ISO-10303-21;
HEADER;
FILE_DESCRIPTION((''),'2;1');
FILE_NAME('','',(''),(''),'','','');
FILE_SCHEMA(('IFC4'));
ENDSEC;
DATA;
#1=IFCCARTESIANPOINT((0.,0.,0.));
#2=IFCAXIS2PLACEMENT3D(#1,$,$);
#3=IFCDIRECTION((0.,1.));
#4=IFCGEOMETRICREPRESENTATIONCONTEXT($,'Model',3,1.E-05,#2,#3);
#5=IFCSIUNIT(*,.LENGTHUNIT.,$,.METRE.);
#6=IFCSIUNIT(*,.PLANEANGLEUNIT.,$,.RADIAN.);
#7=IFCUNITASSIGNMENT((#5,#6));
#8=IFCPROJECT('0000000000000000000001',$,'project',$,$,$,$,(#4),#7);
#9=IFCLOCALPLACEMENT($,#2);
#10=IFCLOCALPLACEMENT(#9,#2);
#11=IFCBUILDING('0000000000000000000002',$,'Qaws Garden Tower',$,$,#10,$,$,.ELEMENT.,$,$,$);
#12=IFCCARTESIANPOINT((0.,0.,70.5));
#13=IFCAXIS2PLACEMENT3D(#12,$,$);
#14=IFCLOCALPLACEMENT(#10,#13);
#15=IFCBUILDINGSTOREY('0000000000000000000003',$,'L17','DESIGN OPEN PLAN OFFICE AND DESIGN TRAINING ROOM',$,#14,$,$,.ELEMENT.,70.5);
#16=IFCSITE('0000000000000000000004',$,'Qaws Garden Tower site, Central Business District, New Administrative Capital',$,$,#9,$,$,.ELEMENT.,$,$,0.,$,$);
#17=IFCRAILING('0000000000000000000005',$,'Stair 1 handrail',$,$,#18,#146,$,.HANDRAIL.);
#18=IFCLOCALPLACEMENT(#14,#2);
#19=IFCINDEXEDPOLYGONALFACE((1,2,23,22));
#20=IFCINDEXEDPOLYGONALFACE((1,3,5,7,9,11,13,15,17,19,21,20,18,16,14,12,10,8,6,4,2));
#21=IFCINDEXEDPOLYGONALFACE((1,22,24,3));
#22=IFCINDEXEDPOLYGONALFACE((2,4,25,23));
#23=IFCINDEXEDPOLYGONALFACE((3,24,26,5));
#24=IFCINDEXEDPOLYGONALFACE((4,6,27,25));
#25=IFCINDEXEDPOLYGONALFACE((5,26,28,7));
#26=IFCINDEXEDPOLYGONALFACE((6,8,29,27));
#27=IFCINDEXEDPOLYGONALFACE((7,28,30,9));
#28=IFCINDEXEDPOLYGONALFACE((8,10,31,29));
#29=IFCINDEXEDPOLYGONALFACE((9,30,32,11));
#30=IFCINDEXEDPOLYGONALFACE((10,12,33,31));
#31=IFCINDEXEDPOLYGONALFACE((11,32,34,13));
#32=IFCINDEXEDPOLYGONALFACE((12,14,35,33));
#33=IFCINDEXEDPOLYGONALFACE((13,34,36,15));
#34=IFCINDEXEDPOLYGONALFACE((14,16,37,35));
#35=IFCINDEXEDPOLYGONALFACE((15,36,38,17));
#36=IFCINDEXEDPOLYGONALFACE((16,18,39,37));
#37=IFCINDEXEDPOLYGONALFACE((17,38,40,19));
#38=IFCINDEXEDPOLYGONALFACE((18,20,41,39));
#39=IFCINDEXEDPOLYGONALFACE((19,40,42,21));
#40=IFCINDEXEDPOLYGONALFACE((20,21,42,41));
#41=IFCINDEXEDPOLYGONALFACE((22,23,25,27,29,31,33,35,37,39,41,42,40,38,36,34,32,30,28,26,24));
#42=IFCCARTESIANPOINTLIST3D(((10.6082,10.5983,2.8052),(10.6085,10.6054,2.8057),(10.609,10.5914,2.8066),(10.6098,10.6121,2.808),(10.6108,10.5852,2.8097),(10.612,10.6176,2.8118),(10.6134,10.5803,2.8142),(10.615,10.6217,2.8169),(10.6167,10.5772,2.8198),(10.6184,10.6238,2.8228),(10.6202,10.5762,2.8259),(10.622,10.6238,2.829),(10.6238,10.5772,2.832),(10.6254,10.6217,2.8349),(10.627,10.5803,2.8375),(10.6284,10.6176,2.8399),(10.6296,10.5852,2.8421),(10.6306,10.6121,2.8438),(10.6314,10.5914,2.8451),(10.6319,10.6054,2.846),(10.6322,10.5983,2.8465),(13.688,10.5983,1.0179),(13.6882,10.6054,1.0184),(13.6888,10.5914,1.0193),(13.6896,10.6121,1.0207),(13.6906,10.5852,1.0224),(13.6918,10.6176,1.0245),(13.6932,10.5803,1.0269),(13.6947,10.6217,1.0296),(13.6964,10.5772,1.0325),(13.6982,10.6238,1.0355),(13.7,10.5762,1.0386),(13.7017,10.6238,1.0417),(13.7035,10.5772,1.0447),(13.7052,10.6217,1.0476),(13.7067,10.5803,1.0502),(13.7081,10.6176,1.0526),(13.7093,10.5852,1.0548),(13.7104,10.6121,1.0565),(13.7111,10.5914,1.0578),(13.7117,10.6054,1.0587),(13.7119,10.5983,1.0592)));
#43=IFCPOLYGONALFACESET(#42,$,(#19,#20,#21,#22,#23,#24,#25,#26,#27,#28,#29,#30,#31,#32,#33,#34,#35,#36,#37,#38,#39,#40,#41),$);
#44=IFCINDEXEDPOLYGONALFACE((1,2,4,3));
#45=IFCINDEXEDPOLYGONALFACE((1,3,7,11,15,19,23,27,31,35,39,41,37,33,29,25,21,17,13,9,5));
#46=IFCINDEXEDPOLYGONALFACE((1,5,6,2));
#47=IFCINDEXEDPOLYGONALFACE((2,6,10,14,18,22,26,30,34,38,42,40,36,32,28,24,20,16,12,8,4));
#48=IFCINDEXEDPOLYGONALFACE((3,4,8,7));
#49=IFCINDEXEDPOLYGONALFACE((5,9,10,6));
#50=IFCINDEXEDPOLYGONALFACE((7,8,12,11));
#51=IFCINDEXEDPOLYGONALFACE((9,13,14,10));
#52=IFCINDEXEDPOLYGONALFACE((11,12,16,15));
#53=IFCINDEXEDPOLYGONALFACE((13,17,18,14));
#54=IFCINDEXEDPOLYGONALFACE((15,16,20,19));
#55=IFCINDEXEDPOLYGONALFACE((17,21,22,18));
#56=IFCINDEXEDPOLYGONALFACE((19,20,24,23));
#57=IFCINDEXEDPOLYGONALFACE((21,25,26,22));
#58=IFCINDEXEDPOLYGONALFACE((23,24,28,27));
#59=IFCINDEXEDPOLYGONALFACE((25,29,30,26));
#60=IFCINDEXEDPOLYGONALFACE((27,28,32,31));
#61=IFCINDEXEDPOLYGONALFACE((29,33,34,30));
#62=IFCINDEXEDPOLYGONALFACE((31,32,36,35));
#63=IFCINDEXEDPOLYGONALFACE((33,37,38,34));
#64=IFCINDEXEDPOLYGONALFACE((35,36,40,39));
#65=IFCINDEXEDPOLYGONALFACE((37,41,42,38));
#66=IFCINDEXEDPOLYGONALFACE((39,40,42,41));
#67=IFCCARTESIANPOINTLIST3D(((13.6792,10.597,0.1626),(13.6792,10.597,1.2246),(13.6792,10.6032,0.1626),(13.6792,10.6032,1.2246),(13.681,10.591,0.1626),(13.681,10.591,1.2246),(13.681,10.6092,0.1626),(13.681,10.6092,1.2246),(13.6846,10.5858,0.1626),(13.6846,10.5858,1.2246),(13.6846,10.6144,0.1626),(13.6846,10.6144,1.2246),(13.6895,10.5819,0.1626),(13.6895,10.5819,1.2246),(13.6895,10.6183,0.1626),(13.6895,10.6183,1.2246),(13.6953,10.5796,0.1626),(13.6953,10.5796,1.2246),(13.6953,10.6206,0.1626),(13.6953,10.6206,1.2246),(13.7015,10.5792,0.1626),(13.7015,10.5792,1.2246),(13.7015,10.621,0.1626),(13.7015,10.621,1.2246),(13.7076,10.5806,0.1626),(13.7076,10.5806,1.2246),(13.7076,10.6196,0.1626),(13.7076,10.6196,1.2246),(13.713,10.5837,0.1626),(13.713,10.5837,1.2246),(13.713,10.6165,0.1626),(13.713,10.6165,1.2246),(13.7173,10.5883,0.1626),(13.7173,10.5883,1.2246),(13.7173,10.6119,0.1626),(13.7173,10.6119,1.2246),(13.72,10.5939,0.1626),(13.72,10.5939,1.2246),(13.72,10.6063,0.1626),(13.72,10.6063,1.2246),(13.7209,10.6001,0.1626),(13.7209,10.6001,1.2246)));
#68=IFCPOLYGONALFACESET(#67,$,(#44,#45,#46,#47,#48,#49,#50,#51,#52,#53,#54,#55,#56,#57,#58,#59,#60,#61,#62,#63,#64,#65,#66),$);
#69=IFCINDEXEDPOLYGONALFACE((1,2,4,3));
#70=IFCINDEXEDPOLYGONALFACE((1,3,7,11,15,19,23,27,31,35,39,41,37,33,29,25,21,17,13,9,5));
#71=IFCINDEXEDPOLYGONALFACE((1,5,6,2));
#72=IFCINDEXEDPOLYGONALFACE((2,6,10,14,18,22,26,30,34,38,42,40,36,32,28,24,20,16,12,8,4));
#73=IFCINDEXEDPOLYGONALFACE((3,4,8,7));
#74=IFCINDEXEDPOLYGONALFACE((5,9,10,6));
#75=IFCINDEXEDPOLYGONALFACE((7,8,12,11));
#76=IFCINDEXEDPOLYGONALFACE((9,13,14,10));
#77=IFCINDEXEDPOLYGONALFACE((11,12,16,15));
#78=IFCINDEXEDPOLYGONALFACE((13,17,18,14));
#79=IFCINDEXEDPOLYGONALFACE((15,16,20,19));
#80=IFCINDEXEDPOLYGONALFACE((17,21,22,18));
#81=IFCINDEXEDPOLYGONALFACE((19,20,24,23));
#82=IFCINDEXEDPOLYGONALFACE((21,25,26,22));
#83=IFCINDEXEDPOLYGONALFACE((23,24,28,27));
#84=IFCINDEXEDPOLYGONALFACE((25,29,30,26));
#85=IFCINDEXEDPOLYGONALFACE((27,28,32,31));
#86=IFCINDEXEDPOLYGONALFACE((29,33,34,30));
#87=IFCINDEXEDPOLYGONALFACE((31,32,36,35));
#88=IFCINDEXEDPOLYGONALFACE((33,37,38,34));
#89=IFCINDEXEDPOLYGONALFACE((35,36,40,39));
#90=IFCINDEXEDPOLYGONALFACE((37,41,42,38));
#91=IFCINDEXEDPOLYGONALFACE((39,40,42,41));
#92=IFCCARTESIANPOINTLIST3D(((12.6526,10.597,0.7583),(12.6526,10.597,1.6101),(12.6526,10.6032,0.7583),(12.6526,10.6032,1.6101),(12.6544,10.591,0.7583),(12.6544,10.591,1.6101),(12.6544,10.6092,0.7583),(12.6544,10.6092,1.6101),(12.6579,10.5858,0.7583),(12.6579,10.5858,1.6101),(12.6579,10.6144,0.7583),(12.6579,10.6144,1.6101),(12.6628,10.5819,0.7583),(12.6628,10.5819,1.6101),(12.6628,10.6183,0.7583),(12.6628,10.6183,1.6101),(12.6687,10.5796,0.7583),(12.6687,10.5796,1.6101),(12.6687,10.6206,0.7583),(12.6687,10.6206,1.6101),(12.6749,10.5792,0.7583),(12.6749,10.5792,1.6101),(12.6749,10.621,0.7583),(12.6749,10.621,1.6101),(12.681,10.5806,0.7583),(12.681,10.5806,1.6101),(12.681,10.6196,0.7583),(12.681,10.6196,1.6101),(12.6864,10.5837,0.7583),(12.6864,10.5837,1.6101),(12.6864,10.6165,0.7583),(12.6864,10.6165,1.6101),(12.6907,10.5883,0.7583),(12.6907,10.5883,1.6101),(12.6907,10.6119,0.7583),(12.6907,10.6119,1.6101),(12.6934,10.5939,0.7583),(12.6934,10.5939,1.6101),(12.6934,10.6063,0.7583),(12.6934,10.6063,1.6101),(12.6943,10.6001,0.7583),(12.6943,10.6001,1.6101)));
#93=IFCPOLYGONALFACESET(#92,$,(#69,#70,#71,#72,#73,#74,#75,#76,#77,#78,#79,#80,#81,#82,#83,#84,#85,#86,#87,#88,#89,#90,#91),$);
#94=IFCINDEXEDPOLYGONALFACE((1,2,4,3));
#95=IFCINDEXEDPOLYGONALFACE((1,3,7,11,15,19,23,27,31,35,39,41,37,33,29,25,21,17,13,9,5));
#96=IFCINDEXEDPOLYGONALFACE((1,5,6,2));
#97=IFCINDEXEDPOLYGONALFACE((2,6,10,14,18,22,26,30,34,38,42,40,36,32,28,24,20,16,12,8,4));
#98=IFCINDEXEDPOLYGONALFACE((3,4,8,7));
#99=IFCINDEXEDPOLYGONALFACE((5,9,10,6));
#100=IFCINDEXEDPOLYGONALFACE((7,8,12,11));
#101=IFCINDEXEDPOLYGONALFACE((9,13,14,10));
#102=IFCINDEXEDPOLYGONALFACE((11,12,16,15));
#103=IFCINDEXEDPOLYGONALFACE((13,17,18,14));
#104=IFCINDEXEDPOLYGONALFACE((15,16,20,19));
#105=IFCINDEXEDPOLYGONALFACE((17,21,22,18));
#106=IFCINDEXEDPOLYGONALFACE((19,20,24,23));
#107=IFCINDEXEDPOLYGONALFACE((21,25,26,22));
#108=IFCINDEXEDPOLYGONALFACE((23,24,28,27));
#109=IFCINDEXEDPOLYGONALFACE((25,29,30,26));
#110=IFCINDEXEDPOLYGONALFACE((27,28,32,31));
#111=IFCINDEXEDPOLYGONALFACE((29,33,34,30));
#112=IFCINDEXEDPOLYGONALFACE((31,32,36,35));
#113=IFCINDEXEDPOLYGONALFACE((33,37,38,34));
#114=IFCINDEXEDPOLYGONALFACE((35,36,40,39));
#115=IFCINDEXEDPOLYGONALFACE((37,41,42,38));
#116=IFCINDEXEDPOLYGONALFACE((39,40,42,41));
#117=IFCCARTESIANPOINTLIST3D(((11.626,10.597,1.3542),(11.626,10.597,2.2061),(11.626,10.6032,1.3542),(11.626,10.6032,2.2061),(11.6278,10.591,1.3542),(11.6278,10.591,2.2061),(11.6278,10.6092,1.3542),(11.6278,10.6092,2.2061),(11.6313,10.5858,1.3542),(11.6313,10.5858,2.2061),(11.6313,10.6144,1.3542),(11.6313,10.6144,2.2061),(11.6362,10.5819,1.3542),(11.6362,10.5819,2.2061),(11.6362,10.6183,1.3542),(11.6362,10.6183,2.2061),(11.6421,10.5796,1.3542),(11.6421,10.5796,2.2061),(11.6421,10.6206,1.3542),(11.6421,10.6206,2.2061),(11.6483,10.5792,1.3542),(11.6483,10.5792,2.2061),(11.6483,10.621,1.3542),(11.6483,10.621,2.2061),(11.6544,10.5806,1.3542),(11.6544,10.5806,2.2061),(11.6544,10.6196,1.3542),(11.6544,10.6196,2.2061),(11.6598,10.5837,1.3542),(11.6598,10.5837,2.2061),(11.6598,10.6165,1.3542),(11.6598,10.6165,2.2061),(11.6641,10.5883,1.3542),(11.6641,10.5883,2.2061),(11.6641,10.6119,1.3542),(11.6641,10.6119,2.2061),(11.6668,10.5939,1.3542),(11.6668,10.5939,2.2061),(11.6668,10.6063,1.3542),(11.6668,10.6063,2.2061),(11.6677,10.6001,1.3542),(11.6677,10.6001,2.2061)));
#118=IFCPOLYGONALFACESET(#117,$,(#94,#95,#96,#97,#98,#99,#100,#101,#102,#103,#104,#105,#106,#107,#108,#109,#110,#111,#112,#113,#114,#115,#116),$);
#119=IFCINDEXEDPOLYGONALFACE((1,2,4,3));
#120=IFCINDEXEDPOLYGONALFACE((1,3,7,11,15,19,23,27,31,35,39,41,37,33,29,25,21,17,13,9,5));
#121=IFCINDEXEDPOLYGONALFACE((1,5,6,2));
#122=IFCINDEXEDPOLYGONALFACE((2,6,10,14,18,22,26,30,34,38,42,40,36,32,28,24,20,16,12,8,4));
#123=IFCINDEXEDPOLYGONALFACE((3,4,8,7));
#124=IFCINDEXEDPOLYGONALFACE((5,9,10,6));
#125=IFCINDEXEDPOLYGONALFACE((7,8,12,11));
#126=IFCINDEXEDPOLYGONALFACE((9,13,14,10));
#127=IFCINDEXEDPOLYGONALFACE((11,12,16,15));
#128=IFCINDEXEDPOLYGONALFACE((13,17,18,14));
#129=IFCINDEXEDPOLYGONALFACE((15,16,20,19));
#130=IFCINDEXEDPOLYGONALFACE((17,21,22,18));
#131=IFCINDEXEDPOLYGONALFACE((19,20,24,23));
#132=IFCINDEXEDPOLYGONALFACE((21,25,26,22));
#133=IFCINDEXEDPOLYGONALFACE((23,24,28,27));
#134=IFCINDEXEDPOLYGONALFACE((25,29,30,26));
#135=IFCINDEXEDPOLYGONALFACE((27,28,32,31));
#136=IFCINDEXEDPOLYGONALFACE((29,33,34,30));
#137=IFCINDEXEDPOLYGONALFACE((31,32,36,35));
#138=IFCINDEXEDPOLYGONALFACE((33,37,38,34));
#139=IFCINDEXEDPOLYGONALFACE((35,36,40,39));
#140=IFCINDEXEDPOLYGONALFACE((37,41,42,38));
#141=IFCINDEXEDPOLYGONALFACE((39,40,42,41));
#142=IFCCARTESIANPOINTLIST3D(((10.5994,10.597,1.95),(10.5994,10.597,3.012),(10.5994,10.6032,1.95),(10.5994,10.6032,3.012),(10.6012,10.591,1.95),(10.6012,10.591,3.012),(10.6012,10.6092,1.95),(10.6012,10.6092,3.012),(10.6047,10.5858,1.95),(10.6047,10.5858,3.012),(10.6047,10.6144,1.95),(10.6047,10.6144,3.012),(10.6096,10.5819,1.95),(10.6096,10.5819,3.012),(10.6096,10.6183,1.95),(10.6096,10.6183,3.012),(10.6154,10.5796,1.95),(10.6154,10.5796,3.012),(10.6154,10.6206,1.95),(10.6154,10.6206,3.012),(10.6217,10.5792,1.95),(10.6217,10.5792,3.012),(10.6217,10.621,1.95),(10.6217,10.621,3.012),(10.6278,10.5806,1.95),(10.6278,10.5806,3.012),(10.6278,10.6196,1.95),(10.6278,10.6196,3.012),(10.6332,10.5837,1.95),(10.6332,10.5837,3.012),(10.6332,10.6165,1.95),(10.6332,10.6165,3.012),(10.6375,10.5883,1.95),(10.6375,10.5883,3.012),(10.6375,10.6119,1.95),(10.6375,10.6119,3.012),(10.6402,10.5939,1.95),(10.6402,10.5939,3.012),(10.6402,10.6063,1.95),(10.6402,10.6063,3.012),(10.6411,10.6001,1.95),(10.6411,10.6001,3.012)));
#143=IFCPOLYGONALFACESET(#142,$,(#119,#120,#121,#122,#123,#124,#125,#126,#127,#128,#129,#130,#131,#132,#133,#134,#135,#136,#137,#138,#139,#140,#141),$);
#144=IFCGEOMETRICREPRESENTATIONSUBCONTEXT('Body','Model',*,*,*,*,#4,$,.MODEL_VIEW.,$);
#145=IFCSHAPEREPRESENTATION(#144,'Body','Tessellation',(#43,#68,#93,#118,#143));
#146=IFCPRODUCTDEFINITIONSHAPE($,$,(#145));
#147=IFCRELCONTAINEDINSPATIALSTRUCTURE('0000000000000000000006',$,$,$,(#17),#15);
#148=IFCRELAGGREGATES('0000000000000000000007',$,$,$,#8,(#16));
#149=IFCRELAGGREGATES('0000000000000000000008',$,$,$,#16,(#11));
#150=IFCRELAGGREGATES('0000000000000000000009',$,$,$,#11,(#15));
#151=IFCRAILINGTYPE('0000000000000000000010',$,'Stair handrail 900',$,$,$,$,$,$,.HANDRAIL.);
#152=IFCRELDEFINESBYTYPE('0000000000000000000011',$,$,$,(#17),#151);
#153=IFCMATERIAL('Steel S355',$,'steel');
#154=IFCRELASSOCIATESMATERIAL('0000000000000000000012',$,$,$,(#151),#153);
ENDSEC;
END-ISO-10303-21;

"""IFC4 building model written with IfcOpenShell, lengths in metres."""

from ifc_helpers import new_model, si_unit, direction, frame, origin, origin_2d, place, context, subcontext, project, spatial, circle, extrude, material, type_object, element, save


model = new_model("IFC4")

# Units and contexts
model_context = context("Model", 3, precision=1e-05, world=origin(), true_north=direction((0.0, 1.0)))
body_context = subcontext(model_context, "Body", "Model", "MODEL_VIEW")
ifc_project = project(units=[si_unit("LENGTHUNIT", "METRE"), si_unit("PLANEANGLEUNIT", "RADIAN")], contexts=[model_context])

# Site, building, storey
site_placement = place(None, origin())
site = spatial("IfcSite", under=ifc_project, at=site_placement, Name="Qaws Garden Tower site, Central Business District, New Administrative Capital", CompositionType="ELEMENT", RefElevation=0.0)
building_placement = place(site_placement, origin())
building = spatial("IfcBuilding", under=site, at=building_placement, Name="Qaws Garden Tower", CompositionType="ELEMENT")
storey_placement = place(building_placement, frame((0.0, 0.0, 70.5)))
storey = spatial("IfcBuildingStorey", under=building, at=storey_placement, Name="L17", Description="DESIGN OPEN PLAN OFFICE AND DESIGN TRAINING ROOM", CompositionType="ELEMENT", Elevation=70.5)

# Railing
ifc_material_1 = material(Name="Steel S355", Category="steel")
railing_type = type_object("IfcRailingType", Name="Stair handrail 900", PredefinedType="HANDRAIL", material=ifc_material_1)
railing_1_placement = place(storey_placement, frame((13.7, 10.6001, 0.1626)))
element("IfcRailing", 1, at=railing_1_placement, inside=storey, type_object=railing_type, Name="Stair 1 handrail", PredefinedType="HANDRAIL", context=body_context, shape_type="SweptSolid", body=[
    extrude(circle(Radius=0.0239, at=origin_2d()), frame((0.0, 0.0, 0.876), z_axis=(-0.864903, 0.0, 0.501939), x_axis=(0.0, -1.0, 0.0)), (0.0, 0.0, 1.0), 3.5608),
    extrude(circle(Radius=0.021, at=origin_2d()), origin(), (0.0, 0.0, 1.0), 1.062),
    extrude(circle(Radius=0.021, at=origin_2d()), frame((-1.0266, 0.0, 0.5957)), (0.0, 0.0, 1.0), 0.8518),
    extrude(circle(Radius=0.021, at=origin_2d()), frame((-2.0532, 0.0, 1.1917)), (0.0, 0.0, 1.0), 0.8518),
    extrude(circle(Radius=0.021, at=origin_2d()), frame((-3.0798, 0.0, 1.7874)), (0.0, 0.0, 1.0), 1.062),
])

save(model, "model.ifc")
